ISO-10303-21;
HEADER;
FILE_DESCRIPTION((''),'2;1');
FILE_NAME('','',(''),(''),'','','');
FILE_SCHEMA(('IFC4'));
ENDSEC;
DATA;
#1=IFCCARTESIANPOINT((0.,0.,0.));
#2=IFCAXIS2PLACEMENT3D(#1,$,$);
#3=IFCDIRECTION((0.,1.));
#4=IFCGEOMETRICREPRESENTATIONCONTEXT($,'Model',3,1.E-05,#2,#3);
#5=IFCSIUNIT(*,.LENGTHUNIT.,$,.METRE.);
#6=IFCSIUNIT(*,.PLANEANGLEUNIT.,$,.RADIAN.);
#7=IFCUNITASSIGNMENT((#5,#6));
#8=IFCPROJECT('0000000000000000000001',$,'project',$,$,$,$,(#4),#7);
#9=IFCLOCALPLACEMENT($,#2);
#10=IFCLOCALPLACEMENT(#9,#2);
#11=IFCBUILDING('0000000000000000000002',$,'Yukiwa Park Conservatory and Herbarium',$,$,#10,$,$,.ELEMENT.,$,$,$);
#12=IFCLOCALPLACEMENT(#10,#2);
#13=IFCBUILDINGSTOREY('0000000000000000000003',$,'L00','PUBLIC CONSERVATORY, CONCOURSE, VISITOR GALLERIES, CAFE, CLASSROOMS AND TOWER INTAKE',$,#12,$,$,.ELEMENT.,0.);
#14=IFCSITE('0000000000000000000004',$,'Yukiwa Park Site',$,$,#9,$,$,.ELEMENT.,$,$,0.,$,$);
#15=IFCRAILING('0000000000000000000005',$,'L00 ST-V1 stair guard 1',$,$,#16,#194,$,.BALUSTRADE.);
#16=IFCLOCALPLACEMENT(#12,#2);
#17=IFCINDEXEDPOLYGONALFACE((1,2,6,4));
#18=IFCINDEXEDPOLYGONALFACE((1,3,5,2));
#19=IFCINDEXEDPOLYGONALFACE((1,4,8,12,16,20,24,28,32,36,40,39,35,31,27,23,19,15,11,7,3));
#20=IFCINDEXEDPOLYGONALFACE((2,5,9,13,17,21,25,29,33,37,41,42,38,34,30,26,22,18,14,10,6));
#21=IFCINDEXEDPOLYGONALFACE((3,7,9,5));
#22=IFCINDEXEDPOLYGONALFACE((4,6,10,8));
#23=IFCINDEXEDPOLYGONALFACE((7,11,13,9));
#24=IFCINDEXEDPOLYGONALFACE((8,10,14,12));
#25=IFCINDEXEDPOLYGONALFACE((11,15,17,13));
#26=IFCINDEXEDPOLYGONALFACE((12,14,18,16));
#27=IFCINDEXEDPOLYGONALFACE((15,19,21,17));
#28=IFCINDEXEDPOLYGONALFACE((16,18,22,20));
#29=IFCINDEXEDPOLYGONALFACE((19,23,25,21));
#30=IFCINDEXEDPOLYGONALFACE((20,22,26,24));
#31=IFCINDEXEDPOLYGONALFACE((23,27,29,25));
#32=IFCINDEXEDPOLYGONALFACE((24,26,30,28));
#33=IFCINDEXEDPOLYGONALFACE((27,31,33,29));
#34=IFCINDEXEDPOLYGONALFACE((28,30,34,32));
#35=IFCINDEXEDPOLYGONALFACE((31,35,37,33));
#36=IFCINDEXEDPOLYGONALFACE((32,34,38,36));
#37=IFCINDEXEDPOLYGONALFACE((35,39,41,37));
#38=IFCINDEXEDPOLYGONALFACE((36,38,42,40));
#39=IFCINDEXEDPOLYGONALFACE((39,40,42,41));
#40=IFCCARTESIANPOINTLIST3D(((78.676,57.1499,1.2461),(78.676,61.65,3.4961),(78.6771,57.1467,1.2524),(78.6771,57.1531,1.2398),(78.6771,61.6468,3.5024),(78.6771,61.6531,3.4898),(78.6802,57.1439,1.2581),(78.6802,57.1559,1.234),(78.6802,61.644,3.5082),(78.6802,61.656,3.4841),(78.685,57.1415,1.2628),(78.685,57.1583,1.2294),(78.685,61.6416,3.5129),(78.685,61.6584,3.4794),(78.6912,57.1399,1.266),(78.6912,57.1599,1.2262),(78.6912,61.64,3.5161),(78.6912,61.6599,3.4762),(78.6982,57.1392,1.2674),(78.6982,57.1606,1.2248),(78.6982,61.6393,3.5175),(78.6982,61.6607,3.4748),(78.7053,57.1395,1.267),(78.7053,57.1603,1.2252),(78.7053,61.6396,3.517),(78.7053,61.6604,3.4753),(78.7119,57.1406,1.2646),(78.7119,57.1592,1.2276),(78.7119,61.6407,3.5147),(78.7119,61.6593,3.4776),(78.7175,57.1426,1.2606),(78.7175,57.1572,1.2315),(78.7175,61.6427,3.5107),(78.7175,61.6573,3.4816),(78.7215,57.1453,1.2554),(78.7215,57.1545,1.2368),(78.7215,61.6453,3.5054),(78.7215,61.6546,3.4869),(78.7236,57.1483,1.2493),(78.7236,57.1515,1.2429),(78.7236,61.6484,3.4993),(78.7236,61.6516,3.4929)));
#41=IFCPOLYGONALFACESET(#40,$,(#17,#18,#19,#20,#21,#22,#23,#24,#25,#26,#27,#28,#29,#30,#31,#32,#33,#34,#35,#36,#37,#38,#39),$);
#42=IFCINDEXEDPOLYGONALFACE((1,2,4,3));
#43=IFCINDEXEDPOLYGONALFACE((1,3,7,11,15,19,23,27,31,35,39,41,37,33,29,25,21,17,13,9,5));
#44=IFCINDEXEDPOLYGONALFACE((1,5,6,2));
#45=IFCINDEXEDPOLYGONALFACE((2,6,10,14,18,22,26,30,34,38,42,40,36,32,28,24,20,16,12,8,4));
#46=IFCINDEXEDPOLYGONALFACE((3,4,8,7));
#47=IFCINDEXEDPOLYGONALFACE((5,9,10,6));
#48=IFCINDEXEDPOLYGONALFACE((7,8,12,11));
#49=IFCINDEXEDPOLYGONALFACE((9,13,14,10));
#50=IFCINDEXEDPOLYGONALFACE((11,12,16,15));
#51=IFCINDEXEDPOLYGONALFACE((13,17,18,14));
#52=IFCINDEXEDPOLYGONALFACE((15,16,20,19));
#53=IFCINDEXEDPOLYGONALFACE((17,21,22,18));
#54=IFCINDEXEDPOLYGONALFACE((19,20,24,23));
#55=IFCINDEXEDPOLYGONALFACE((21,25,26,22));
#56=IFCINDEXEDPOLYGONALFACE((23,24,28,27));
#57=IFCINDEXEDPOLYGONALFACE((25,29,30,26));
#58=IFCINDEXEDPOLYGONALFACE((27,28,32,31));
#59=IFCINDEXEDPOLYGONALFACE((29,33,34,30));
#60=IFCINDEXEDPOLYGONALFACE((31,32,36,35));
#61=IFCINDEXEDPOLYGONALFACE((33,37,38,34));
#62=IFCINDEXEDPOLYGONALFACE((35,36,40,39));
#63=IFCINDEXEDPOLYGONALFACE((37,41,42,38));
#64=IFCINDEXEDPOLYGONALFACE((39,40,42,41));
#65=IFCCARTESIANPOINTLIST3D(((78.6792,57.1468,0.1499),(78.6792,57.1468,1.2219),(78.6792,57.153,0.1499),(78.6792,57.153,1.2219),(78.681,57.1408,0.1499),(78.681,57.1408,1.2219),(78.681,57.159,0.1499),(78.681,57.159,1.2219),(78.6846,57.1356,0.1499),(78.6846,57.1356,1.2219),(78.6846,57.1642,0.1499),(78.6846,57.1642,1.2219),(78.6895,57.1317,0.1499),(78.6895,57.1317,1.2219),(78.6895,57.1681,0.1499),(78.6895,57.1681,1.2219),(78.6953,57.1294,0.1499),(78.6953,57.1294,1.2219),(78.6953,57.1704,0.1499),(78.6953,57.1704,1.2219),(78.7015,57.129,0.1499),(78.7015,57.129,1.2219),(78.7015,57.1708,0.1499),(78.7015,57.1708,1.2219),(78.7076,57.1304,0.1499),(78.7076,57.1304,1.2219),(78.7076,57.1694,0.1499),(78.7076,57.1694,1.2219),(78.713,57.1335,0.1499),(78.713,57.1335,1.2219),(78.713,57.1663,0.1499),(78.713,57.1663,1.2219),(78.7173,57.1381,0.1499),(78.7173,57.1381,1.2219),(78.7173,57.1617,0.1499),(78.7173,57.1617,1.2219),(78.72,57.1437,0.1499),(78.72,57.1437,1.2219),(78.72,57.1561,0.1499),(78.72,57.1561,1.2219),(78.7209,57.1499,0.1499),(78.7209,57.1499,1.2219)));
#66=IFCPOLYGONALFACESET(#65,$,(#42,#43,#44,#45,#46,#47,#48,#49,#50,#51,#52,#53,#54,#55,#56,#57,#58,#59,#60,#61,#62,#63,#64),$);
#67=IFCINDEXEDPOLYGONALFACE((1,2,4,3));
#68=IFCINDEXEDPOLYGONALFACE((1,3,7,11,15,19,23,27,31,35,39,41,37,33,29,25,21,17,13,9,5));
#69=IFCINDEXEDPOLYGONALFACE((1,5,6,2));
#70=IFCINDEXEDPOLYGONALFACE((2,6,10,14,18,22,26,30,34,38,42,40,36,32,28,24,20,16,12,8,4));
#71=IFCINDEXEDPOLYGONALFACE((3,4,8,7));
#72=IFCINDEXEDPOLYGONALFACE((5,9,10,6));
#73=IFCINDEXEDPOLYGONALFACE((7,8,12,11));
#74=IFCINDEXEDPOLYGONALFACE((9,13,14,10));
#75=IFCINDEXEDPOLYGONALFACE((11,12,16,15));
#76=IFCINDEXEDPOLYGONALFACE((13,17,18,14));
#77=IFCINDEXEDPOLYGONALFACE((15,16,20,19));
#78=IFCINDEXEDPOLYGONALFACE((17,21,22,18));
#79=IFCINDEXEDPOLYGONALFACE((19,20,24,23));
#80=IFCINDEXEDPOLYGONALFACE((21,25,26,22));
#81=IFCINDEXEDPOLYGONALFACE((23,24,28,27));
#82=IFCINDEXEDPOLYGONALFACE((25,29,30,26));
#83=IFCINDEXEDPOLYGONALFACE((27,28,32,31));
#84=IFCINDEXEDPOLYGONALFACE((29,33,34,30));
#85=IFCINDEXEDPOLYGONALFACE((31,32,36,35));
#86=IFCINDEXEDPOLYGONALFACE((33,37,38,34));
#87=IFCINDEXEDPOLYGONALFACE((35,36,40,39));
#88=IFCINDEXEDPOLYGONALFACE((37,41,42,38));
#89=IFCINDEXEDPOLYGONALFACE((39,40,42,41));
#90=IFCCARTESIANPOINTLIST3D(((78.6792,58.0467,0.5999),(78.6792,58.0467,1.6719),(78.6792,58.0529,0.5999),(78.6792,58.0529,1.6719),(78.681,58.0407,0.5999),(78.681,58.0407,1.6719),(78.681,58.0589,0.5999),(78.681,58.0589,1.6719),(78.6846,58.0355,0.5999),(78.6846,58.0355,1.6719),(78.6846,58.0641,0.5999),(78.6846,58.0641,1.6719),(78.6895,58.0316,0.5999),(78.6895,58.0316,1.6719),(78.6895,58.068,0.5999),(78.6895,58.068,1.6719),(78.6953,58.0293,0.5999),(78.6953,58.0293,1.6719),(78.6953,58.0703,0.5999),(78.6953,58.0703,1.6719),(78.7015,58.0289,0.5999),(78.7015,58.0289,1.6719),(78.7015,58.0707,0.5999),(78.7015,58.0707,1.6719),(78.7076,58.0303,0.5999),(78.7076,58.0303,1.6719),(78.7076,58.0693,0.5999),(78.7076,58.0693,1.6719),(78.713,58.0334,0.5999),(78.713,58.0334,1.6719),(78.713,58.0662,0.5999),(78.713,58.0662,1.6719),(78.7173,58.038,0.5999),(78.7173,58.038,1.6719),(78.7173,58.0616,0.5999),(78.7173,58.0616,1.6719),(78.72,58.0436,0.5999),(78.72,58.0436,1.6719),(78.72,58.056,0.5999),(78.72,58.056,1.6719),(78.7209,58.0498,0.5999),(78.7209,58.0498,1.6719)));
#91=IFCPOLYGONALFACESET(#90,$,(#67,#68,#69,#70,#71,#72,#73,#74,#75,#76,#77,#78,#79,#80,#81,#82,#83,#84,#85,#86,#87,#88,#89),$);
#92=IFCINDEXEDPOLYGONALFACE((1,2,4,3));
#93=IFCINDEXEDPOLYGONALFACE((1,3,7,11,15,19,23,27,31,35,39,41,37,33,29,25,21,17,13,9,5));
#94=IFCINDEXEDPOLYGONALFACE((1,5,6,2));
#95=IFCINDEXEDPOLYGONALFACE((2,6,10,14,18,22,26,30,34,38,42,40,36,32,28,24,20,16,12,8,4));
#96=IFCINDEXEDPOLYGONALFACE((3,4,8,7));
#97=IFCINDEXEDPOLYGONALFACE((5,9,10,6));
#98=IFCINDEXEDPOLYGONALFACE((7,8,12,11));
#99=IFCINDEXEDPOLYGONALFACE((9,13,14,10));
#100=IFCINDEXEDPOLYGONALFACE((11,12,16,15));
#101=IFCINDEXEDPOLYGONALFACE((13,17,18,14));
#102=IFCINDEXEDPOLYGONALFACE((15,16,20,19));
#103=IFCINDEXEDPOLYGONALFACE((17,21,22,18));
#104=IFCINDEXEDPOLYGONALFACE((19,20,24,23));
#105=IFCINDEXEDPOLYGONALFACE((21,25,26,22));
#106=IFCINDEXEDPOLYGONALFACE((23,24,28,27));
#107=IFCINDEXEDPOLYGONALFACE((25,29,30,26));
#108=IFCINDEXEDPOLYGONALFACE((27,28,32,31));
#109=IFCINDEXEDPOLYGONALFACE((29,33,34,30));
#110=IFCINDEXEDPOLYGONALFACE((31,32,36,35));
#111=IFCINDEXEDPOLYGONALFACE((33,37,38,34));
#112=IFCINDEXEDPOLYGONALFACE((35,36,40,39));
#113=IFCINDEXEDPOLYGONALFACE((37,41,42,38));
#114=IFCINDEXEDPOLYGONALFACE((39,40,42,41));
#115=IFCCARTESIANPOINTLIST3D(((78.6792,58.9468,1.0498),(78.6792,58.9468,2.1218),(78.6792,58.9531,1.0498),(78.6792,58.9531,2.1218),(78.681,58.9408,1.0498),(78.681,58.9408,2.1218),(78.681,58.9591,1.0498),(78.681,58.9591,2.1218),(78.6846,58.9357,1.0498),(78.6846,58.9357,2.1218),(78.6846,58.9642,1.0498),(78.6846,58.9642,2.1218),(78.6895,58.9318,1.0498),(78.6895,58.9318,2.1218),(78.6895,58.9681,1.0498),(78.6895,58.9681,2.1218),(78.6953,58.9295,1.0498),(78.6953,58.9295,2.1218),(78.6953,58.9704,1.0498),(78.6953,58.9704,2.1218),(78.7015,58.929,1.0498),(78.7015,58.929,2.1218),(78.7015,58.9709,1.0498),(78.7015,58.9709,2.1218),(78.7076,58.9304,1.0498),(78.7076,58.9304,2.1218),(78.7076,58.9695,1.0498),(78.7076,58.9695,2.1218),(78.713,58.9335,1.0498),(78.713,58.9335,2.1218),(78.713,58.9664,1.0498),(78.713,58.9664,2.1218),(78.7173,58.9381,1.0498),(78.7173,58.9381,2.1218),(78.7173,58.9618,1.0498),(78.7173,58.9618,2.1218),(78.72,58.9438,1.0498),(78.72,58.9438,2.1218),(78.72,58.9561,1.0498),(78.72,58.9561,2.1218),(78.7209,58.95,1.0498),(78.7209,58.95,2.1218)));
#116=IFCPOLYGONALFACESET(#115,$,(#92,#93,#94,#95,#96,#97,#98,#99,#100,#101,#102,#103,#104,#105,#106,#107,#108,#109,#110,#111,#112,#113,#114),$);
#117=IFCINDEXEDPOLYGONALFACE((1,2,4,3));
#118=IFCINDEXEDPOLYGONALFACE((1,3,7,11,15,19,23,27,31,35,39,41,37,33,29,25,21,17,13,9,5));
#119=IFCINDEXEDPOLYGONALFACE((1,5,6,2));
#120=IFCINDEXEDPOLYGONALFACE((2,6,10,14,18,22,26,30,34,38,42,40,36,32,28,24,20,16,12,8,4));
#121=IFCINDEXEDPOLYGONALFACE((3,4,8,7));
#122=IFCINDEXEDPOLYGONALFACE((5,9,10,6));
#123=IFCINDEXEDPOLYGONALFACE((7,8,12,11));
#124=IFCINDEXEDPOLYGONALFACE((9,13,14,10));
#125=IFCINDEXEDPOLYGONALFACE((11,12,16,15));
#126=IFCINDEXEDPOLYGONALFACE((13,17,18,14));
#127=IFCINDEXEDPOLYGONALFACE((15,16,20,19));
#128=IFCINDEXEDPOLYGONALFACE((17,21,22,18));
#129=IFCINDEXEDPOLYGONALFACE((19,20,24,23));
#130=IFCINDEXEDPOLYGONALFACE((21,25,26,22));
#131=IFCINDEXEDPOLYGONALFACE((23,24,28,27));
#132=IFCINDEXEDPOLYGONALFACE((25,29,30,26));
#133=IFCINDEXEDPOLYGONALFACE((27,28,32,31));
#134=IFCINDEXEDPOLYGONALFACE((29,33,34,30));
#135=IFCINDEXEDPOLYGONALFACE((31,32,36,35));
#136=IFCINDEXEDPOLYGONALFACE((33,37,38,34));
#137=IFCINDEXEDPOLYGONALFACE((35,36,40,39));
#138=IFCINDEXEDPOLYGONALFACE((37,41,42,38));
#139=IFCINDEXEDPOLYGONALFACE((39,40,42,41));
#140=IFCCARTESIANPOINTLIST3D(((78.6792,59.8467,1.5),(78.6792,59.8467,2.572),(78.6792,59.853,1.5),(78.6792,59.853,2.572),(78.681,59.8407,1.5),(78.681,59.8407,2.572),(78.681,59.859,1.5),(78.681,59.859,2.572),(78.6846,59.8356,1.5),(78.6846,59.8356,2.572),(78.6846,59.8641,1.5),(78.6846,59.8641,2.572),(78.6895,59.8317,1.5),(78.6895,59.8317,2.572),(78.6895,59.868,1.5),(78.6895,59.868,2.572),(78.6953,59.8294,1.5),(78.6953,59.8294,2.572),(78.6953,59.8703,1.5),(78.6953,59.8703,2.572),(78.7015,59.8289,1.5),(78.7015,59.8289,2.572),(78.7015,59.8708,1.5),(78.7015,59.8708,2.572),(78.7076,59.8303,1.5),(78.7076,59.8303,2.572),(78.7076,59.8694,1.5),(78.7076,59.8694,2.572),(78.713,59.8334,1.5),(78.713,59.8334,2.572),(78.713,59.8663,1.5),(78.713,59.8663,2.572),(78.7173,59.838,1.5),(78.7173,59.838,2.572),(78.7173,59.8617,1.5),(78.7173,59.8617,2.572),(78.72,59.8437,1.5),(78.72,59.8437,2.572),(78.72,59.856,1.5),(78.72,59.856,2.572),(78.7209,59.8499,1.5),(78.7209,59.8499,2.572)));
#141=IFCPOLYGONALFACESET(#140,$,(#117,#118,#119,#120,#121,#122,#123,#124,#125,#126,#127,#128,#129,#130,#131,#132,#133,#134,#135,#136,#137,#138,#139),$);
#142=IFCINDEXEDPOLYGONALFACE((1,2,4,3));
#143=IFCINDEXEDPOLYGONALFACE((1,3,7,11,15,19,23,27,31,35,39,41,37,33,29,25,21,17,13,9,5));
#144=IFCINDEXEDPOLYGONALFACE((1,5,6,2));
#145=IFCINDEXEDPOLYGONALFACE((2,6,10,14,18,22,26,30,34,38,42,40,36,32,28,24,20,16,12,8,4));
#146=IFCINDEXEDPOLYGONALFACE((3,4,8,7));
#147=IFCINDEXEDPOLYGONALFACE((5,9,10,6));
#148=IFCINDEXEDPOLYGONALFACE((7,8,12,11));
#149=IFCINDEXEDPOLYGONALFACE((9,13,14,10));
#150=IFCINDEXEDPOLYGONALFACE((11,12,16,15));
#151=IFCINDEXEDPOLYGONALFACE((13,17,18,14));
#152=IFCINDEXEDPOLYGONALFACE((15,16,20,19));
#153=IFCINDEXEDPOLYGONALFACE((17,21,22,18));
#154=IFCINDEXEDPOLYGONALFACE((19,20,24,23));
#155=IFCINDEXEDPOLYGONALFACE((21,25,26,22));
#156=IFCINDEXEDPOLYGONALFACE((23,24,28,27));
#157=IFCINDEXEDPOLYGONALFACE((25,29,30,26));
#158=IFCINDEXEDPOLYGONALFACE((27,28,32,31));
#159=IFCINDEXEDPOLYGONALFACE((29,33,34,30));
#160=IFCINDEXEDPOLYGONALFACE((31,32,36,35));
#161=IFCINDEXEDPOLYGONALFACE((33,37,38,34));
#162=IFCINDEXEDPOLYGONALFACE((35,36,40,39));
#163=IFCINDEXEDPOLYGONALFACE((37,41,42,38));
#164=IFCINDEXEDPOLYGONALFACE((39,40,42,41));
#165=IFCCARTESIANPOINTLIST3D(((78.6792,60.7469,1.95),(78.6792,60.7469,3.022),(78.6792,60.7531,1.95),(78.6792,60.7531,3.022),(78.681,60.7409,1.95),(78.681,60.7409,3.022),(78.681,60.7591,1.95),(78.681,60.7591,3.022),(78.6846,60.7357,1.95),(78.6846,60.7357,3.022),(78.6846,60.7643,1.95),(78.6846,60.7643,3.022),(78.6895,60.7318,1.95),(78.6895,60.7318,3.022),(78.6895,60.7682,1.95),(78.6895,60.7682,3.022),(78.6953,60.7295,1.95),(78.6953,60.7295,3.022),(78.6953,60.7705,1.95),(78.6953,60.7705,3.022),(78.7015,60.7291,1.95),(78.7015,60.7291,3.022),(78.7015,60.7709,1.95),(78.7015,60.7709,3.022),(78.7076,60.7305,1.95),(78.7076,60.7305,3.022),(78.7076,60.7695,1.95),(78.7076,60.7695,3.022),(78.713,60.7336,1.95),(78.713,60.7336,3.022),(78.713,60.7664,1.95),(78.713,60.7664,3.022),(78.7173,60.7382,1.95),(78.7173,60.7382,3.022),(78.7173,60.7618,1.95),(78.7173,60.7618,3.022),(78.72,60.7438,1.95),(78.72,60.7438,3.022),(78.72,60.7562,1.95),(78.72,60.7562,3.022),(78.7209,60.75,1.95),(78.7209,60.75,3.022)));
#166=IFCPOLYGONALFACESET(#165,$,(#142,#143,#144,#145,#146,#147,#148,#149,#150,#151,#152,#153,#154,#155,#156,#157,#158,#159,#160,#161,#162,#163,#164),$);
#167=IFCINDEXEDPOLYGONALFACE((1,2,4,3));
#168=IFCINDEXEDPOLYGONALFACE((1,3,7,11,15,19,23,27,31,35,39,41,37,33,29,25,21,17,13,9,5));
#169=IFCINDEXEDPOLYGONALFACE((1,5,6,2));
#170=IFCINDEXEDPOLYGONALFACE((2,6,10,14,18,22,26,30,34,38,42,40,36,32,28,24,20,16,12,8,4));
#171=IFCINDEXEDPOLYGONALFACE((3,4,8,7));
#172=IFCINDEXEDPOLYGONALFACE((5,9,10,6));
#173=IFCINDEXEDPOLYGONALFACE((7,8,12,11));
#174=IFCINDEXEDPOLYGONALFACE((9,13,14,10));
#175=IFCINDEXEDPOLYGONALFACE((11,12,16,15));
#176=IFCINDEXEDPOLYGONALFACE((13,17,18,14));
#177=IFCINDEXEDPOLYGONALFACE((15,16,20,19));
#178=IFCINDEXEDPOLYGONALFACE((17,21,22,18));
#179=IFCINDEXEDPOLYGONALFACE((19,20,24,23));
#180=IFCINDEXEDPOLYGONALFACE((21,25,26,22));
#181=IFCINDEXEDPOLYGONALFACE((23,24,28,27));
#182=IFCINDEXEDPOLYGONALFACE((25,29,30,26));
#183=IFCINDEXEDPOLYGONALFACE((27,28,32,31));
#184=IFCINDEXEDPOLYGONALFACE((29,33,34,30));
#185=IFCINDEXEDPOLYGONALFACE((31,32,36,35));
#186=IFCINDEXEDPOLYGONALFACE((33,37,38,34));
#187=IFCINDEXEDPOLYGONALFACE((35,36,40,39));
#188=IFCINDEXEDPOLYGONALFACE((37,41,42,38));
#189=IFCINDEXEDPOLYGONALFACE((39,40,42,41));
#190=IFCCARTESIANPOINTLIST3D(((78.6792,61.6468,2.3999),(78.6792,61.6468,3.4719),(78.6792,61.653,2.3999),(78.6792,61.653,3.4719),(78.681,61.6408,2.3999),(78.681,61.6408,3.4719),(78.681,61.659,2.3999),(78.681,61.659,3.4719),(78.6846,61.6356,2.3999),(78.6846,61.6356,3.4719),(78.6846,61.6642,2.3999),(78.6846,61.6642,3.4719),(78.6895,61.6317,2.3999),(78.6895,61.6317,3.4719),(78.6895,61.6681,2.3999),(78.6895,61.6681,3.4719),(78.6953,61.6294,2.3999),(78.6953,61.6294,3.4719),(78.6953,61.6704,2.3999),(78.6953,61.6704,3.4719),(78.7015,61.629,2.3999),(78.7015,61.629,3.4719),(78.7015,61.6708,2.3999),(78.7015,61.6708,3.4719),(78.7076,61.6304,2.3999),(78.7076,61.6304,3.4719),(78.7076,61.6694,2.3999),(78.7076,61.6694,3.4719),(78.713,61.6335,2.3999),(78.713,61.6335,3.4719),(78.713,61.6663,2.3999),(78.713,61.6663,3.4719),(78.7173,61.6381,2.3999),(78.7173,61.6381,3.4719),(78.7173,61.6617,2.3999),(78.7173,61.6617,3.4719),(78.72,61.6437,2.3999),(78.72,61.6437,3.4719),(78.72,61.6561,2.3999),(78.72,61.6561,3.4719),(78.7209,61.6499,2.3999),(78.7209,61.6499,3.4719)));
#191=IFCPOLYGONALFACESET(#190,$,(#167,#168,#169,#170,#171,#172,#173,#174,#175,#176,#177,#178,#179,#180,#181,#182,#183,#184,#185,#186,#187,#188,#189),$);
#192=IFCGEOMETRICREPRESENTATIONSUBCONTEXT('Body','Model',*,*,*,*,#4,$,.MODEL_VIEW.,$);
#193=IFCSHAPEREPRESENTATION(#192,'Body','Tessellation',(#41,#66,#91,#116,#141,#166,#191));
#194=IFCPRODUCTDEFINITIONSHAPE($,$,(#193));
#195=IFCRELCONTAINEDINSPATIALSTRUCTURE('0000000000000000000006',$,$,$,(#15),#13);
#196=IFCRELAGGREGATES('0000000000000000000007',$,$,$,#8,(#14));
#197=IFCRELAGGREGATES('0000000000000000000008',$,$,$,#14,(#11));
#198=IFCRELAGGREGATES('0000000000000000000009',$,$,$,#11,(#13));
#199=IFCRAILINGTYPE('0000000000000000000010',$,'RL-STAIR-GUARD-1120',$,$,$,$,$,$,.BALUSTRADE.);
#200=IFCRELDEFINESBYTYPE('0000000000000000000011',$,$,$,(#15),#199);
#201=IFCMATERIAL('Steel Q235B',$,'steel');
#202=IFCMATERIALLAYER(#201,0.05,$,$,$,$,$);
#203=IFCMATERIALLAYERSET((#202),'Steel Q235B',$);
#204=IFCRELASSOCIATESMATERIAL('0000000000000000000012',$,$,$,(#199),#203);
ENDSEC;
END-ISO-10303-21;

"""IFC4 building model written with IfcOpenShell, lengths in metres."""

from ifc_helpers import new_model, si_unit, direction, frame, origin, origin_2d, place, context, subcontext, project, spatial, circle, extrude, material, layer, layer_set, type_object, element, save


model = new_model("IFC4")

# Units and contexts
model_context = context("Model", 3, precision=1e-05, world=origin(), true_north=direction((0.0, 1.0)))
body_context = subcontext(model_context, "Body", "Model", "MODEL_VIEW")
ifc_project = project(units=[si_unit("LENGTHUNIT", "METRE"), si_unit("PLANEANGLEUNIT", "RADIAN")], contexts=[model_context])

# Site, building, storey
site_placement = place(None, origin())
site = spatial("IfcSite", under=ifc_project, at=site_placement, Name="Yukiwa Park Site", CompositionType="ELEMENT", RefElevation=0.0)
building_placement = place(site_placement, origin())
building = spatial("IfcBuilding", under=site, at=building_placement, Name="Yukiwa Park Conservatory and Herbarium", CompositionType="ELEMENT")
storey_placement = place(building_placement, origin())
storey = spatial("IfcBuildingStorey", under=building, at=storey_placement, Name="L00", Description="PUBLIC CONSERVATORY, CONCOURSE, VISITOR GALLERIES, CAFE, CLASSROOMS AND TOWER INTAKE", CompositionType="ELEMENT", Elevation=0.0)

# Railing
ifc_material_1 = material(Name="Steel Q235B", Category="steel")
ifc_layer_1 = layer(ifc_material_1, 0.05)
ifc_layer_set_1 = layer_set([ifc_layer_1], Name="Steel Q235B")
railing_type = type_object("IfcRailingType", Name="RL-STAIR-GUARD-1120", PredefinedType="BALUSTRADE", material=ifc_layer_set_1)
railing_1_placement = place(storey_placement, frame((78.7, 57.1499, 0.1499)))
element("IfcRailing", 1, at=railing_1_placement, inside=storey, type_object=railing_type, Name="L00 ST-V1 stair guard 1", PredefinedType="BALUSTRADE", context=body_context, shape_type="SweptSolid", body=[
    extrude(circle(Radius=0.0239, at=origin_2d()), frame((0.0, 0.0, 1.0962), z_axis=(0.0, 0.894427, 0.447214), x_axis=(-1.0, 0.0, 0.0)), (0.0, 0.0, 1.0), 5.0312),
    extrude(circle(Radius=0.021, at=origin_2d()), origin(), (0.0, 0.0, 1.0), 1.072),
    extrude(circle(Radius=0.021, at=origin_2d()), frame((0.0, 0.8999, 0.45)), (0.0, 0.0, 1.0), 1.072),
    extrude(circle(Radius=0.021, at=origin_2d()), frame((0.0, 1.8, 0.8999)), (0.0, 0.0, 1.0), 1.072),
    extrude(circle(Radius=0.021, at=origin_2d()), frame((0.0, 2.7, 1.3501)), (0.0, 0.0, 1.0), 1.072),
    extrude(circle(Radius=0.021, at=origin_2d()), frame((0.0, 3.6001, 1.8)), (0.0, 0.0, 1.0), 1.072),
    extrude(circle(Radius=0.021, at=origin_2d()), frame((0.0, 4.5, 2.25)), (0.0, 0.0, 1.0), 1.072),
])

save(model, "model.ifc")
